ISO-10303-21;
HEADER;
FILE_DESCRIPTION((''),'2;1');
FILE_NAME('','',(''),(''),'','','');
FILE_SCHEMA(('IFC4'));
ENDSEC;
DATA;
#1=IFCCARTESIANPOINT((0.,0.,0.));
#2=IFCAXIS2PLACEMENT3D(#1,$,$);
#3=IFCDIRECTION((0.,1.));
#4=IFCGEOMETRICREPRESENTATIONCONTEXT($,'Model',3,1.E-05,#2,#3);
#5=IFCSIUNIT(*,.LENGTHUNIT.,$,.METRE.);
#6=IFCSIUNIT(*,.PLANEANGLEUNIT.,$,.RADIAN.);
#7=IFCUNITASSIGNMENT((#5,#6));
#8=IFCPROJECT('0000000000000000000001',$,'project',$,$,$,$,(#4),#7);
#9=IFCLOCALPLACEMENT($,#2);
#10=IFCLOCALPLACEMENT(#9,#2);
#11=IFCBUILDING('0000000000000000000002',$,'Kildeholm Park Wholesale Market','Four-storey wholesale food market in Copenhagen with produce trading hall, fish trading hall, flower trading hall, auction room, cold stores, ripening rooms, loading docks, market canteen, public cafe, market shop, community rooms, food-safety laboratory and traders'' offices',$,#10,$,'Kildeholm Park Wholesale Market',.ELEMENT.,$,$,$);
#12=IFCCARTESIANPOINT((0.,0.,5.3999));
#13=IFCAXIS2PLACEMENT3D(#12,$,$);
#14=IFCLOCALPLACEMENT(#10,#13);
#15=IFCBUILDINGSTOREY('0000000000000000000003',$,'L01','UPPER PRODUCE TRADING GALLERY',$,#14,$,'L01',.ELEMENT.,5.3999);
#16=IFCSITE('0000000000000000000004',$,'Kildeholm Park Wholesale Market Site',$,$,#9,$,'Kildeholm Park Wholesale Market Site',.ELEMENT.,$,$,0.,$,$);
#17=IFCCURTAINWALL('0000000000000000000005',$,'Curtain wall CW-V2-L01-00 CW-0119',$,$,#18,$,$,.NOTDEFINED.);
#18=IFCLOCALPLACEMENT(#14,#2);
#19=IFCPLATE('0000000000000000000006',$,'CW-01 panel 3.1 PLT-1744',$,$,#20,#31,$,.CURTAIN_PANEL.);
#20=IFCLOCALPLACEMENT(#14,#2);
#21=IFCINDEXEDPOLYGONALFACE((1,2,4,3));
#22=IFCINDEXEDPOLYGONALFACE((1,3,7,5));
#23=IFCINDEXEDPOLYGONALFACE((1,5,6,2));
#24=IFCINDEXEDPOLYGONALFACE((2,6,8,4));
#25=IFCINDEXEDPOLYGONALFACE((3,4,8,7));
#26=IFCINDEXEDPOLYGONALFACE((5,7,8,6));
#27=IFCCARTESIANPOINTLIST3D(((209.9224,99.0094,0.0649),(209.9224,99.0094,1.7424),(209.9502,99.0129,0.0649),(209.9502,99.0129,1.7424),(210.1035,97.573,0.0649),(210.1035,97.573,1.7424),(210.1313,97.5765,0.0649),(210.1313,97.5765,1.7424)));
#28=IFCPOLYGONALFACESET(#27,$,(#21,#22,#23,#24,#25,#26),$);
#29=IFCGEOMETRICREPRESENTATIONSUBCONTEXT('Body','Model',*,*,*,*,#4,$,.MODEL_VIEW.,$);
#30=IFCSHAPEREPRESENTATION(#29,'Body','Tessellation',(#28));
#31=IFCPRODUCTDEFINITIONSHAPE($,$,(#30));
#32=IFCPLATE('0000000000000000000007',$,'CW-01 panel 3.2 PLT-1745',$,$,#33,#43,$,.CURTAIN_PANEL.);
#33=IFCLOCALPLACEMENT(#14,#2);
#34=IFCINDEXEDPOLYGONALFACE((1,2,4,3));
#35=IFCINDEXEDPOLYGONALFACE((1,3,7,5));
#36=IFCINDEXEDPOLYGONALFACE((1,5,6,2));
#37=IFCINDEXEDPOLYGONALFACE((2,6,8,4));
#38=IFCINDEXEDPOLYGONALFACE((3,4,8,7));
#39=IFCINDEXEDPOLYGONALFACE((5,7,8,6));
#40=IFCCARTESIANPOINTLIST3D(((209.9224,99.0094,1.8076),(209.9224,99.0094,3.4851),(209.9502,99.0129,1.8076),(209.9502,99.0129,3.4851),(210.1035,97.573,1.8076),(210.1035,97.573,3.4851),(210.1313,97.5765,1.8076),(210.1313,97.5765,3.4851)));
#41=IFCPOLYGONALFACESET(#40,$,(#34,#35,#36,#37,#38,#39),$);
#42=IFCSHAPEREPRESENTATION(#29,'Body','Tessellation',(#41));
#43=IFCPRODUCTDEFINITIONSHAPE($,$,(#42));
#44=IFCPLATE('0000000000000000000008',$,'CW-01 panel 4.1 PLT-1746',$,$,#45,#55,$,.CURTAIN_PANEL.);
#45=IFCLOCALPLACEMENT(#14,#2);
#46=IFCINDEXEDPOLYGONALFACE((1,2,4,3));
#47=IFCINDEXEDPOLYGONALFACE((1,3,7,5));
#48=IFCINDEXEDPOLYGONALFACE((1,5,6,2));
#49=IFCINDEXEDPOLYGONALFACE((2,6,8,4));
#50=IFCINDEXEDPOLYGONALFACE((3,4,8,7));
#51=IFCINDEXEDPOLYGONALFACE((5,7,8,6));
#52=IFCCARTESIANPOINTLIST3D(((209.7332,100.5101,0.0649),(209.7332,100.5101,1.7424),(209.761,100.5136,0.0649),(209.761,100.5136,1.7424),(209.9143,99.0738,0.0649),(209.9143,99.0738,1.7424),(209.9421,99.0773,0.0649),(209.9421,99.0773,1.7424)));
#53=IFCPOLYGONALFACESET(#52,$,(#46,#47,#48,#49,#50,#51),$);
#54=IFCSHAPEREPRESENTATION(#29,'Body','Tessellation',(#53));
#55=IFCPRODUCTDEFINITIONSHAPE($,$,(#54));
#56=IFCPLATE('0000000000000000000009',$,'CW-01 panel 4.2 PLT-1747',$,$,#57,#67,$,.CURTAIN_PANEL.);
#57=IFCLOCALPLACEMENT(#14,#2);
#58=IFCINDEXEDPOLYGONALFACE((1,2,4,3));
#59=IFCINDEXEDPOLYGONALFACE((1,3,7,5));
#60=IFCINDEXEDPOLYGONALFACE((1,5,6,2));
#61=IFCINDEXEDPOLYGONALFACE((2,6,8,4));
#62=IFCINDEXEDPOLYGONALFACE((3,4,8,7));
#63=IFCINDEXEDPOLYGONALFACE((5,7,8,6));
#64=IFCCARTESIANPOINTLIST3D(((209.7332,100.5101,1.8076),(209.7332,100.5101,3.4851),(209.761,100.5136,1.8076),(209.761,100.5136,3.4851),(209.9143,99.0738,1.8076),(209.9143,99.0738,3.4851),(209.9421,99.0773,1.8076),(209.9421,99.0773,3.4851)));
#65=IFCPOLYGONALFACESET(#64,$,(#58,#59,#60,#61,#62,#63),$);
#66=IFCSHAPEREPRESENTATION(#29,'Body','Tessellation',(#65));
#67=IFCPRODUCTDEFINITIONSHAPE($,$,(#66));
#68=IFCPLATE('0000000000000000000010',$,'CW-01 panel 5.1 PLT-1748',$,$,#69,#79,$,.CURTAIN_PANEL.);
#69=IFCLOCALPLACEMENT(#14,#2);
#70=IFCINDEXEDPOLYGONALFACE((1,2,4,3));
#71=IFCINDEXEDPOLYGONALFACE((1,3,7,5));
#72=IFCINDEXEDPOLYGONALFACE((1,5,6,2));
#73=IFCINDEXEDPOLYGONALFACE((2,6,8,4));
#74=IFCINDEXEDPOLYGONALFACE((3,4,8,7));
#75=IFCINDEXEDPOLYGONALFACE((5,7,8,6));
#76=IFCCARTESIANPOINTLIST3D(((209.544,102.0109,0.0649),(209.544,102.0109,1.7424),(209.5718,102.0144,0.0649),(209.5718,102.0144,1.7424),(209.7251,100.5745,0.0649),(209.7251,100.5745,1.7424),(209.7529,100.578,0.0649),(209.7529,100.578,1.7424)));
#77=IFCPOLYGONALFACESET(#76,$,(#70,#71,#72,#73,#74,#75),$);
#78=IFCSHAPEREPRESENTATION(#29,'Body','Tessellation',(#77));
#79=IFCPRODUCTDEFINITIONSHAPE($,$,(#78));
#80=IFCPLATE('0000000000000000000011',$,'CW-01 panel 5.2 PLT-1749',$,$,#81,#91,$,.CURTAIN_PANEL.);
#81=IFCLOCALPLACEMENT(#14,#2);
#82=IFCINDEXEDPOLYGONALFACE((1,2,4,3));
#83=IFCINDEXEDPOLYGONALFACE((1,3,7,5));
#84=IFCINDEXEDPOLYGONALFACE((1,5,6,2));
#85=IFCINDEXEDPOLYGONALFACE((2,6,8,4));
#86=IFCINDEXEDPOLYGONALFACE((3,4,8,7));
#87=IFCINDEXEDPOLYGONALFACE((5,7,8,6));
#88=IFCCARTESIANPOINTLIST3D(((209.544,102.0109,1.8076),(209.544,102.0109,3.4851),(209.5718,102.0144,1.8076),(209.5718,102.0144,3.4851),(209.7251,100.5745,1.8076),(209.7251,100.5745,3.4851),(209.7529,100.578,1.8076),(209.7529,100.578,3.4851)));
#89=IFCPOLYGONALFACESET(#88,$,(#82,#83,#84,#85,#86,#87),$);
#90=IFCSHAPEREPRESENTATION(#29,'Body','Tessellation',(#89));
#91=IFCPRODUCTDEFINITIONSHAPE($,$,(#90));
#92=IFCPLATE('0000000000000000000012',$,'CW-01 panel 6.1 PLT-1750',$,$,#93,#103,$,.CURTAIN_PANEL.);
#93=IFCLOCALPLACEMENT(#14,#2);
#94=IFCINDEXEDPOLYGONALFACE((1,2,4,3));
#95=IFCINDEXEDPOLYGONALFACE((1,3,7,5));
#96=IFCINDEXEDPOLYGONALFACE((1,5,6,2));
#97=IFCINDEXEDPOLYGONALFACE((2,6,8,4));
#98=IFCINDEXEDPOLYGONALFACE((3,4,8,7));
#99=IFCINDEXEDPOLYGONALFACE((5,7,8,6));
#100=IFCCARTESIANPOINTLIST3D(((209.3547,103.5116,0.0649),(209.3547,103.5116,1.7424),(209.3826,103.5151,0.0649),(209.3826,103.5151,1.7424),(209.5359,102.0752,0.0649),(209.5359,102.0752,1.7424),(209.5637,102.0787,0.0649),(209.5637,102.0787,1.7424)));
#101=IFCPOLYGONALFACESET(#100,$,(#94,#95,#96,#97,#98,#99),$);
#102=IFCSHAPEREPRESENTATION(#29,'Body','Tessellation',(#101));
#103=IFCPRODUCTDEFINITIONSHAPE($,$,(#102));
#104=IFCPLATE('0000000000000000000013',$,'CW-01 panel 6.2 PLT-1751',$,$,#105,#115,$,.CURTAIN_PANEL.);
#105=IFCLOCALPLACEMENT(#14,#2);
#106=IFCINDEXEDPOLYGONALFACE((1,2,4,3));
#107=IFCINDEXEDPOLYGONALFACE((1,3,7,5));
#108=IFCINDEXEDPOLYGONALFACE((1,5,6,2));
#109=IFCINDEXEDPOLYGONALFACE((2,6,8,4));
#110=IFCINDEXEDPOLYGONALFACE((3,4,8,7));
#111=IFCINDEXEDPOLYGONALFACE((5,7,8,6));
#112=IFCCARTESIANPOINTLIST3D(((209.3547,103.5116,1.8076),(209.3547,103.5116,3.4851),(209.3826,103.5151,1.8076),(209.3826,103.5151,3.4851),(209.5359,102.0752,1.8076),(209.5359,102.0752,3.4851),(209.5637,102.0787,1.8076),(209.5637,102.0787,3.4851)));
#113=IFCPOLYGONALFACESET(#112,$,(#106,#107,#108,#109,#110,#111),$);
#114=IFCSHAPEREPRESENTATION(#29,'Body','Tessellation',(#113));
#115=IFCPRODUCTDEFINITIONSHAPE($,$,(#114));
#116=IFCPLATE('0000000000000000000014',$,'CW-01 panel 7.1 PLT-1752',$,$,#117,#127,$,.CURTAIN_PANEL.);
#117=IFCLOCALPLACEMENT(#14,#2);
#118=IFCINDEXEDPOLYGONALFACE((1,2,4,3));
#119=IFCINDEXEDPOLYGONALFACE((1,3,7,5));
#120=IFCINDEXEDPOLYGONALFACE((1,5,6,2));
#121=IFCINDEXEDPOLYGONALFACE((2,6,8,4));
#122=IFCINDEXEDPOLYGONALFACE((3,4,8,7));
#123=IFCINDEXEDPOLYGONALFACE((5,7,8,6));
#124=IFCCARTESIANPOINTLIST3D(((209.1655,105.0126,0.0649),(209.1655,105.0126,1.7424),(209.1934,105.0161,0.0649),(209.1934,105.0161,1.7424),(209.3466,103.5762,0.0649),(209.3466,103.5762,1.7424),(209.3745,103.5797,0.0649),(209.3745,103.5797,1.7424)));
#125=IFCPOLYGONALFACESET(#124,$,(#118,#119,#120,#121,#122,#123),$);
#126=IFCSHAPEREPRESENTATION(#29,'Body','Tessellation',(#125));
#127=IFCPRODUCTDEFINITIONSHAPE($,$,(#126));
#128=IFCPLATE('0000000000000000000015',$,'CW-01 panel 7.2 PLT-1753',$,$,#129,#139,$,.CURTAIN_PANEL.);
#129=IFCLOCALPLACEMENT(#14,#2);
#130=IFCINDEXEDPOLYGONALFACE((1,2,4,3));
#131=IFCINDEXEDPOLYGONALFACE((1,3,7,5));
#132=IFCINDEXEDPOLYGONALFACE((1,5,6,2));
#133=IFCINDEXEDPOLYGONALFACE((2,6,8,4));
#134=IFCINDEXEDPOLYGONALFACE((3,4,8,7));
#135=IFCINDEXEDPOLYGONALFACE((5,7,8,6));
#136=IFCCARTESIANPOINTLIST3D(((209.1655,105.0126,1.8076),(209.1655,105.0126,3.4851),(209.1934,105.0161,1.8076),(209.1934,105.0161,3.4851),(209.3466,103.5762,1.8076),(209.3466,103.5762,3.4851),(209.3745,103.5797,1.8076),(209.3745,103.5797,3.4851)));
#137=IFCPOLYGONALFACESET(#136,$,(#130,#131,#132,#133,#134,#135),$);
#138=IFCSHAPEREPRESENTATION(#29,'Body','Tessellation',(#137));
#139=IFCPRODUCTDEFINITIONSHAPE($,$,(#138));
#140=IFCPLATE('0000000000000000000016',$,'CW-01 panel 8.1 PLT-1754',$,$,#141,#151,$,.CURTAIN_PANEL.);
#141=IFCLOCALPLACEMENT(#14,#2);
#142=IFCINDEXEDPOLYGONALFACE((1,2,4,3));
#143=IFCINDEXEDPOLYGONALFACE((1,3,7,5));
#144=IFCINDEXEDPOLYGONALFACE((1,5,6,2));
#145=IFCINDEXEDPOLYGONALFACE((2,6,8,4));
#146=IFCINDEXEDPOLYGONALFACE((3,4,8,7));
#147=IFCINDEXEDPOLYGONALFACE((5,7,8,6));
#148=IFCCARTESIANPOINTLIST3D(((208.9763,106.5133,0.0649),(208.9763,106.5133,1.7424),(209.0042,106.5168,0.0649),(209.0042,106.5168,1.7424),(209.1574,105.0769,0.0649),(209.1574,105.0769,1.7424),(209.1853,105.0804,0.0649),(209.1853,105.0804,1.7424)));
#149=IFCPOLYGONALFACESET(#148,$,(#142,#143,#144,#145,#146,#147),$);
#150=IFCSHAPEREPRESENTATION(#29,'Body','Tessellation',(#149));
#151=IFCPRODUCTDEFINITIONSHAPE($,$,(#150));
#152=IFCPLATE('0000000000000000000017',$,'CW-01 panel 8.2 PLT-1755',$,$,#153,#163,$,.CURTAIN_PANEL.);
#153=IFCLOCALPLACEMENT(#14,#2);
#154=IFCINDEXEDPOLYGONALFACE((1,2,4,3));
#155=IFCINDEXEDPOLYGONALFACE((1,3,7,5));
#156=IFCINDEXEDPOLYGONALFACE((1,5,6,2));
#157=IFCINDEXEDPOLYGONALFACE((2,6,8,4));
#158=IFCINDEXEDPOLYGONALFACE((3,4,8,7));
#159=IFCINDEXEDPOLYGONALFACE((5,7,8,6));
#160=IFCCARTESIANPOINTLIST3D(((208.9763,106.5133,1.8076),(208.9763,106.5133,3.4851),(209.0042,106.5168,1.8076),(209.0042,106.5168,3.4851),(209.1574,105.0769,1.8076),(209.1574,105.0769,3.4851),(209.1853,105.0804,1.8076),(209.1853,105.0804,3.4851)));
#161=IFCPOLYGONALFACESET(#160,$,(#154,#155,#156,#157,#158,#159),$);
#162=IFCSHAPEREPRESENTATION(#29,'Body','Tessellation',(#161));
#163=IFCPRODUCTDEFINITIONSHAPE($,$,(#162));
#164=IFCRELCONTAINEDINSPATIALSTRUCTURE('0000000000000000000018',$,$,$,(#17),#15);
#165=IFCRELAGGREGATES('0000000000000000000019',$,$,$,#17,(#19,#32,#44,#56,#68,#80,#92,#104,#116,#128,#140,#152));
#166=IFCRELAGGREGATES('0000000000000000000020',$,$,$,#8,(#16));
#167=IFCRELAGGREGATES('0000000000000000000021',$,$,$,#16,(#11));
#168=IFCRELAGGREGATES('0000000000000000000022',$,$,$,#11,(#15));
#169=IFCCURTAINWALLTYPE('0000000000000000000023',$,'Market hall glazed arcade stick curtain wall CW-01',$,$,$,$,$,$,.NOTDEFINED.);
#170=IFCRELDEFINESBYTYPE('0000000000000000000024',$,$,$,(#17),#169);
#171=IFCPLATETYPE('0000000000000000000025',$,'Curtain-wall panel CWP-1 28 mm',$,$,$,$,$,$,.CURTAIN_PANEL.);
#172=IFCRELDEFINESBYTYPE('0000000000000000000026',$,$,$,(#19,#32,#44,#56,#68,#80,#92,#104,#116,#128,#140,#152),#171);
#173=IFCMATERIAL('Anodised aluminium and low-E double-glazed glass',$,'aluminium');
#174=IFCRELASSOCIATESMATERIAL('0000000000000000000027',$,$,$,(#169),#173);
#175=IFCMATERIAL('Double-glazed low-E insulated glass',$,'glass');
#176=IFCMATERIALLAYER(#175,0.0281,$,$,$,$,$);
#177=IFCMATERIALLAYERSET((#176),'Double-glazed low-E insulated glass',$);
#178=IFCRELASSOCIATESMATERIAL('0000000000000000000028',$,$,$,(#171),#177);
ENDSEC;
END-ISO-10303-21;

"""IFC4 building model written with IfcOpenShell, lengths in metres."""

from ifc_helpers import new_model, si_unit, direction, frame, origin, origin_2d, place, context, subcontext, project, spatial, rectangle, extrude, material, layer, layer_set, type_object, element, aggregate, save


model = new_model("IFC4")

# Units and contexts
model_context = context("Model", 3, precision=1e-05, world=origin(), true_north=direction((0.0, 1.0)))
body_context = subcontext(model_context, "Body", "Model", "MODEL_VIEW")
ifc_project = project(units=[si_unit("LENGTHUNIT", "METRE"), si_unit("PLANEANGLEUNIT", "RADIAN")], contexts=[model_context])

# Site, building, storey
site_placement = place(None, origin())
site = spatial("IfcSite", under=ifc_project, at=site_placement, Name="Kildeholm Park Wholesale Market Site", LongName="Kildeholm Park Wholesale Market Site", CompositionType="ELEMENT", RefElevation=0.0)
building_placement = place(site_placement, origin())
building = spatial("IfcBuilding", under=site, at=building_placement, Name="Kildeholm Park Wholesale Market", Description="Four-storey wholesale food market in Copenhagen with produce trading hall, fish trading hall, flower trading hall, auction room, cold stores, ripening rooms, loading docks, market canteen, public cafe, market shop, community rooms, food-safety laboratory and traders' offices", LongName="Kildeholm Park Wholesale Market", CompositionType="ELEMENT")
storey_placement = place(building_placement, frame((0.0, 0.0, 5.3999)))
storey = spatial("IfcBuildingStorey", under=building, at=storey_placement, Name="L01", Description="UPPER PRODUCE TRADING GALLERY", LongName="L01", CompositionType="ELEMENT", Elevation=5.3999)

# Curtain wall, plates
ifc_material_1 = material(Name="Anodised aluminium and low-E double-glazed glass", Category="aluminium")
curtain_wall_type = type_object("IfcCurtainWallType", Name="Market hall glazed arcade stick curtain wall CW-01", PredefinedType="NOTDEFINED", material=ifc_material_1)
curtain_wall_placement = place(storey_placement, origin())
curtain_wall = element("IfcCurtainWall", 1, at=curtain_wall_placement, inside=storey, type_object=curtain_wall_type, Name="Curtain wall CW-V2-L01-00 CW-0119", PredefinedType="NOTDEFINED")
ifc_material_2 = material(Name="Double-glazed low-E insulated glass", Category="glass")
ifc_layer = layer(ifc_material_2, 0.0281)
ifc_layer_set = layer_set([ifc_layer], Name="Double-glazed low-E insulated glass")
plate_type = type_object("IfcPlateType", Name="Curtain-wall panel CWP-1 28 mm", PredefinedType="CURTAIN_PANEL", material=ifc_layer_set)
plate_1_placement = place(storey_placement, frame((210.0269, 98.293, 0.0649), z_axis=(0.0, 0.0, 1.0), x_axis=(-0.125092, 0.992145, 0.0)))
plate_1 = element("IfcPlate", 2, at=plate_1_placement, type_object=plate_type, Name="CW-01 panel 3.1 PLT-1744", PredefinedType="CURTAIN_PANEL", context=body_context, shape_type="SweptSolid", body=[
    extrude(rectangle(XDim=1.4478, YDim=0.0281, at=origin_2d()), origin(), (0.0, 0.0, 1.0), 1.6775),
])
plate_2_placement = place(storey_placement, frame((210.0269, 98.293, 1.8076), z_axis=(0.0, 0.0, 1.0), x_axis=(-0.125092, 0.992145, 0.0)))
plate_2 = element("IfcPlate", 3, at=plate_2_placement, type_object=plate_type, Name="CW-01 panel 3.2 PLT-1745", PredefinedType="CURTAIN_PANEL", context=body_context, shape_type="SweptSolid", body=[
    extrude(rectangle(XDim=1.4478, YDim=0.0281, at=origin_2d()), origin(), (0.0, 0.0, 1.0), 1.6775),
])
plate_3_placement = place(storey_placement, frame((209.8376, 99.7937, 0.0649), z_axis=(0.0, 0.0, 1.0), x_axis=(-0.125092, 0.992145, 0.0)))
plate_3 = element("IfcPlate", 4, at=plate_3_placement, type_object=plate_type, Name="CW-01 panel 4.1 PLT-1746", PredefinedType="CURTAIN_PANEL", context=body_context, shape_type="SweptSolid", body=[
    extrude(rectangle(XDim=1.4478, YDim=0.0281, at=origin_2d()), origin(), (0.0, 0.0, 1.0), 1.6775),
])
plate_4_placement = place(storey_placement, frame((209.8376, 99.7937, 1.8076), z_axis=(0.0, 0.0, 1.0), x_axis=(-0.125092, 0.992145, 0.0)))
plate_4 = element("IfcPlate", 5, at=plate_4_placement, type_object=plate_type, Name="CW-01 panel 4.2 PLT-1747", PredefinedType="CURTAIN_PANEL", context=body_context, shape_type="SweptSolid", body=[
    extrude(rectangle(XDim=1.4478, YDim=0.0281, at=origin_2d()), origin(), (0.0, 0.0, 1.0), 1.6775),
])
plate_5_placement = place(storey_placement, frame((209.6484, 101.2944, 0.0649), z_axis=(0.0, 0.0, 1.0), x_axis=(-0.125092, 0.992145, 0.0)))
plate_5 = element("IfcPlate", 6, at=plate_5_placement, type_object=plate_type, Name="CW-01 panel 5.1 PLT-1748", PredefinedType="CURTAIN_PANEL", context=body_context, shape_type="SweptSolid", body=[
    extrude(rectangle(XDim=1.4478, YDim=0.0281, at=origin_2d()), origin(), (0.0, 0.0, 1.0), 1.6775),
])
plate_6_placement = place(storey_placement, frame((209.6484, 101.2944, 1.8076), z_axis=(0.0, 0.0, 1.0), x_axis=(-0.125092, 0.992145, 0.0)))
plate_6 = element("IfcPlate", 7, at=plate_6_placement, type_object=plate_type, Name="CW-01 panel 5.2 PLT-1749", PredefinedType="CURTAIN_PANEL", context=body_context, shape_type="SweptSolid", body=[
    extrude(rectangle(XDim=1.4478, YDim=0.0281, at=origin_2d()), origin(), (0.0, 0.0, 1.0), 1.6775),
])
plate_7_placement = place(storey_placement, frame((209.4592, 102.7952, 0.0649), z_axis=(0.0, 0.0, 1.0), x_axis=(-0.125092, 0.992145, 0.0)))
plate_7 = element("IfcPlate", 8, at=plate_7_placement, type_object=plate_type, Name="CW-01 panel 6.1 PLT-1750", PredefinedType="CURTAIN_PANEL", context=body_context, shape_type="SweptSolid", body=[
    extrude(rectangle(XDim=1.4478, YDim=0.0281, at=origin_2d()), origin(), (0.0, 0.0, 1.0), 1.6775),
])
plate_8_placement = place(storey_placement, frame((209.4592, 102.7952, 1.8076), z_axis=(0.0, 0.0, 1.0), x_axis=(-0.125092, 0.992145, 0.0)))
plate_8 = element("IfcPlate", 9, at=plate_8_placement, type_object=plate_type, Name="CW-01 panel 6.2 PLT-1751", PredefinedType="CURTAIN_PANEL", context=body_context, shape_type="SweptSolid", body=[
    extrude(rectangle(XDim=1.4478, YDim=0.0281, at=origin_2d()), origin(), (0.0, 0.0, 1.0), 1.6775),
])
plate_9_placement = place(storey_placement, frame((209.27, 104.2961, 0.0649), z_axis=(0.0, 0.0, 1.0), x_axis=(-0.125092, 0.992145, 0.0)))
plate_9 = element("IfcPlate", 10, at=plate_9_placement, type_object=plate_type, Name="CW-01 panel 7.1 PLT-1752", PredefinedType="CURTAIN_PANEL", context=body_context, shape_type="SweptSolid", body=[
    extrude(rectangle(XDim=1.4478, YDim=0.0281, at=origin_2d()), origin(), (0.0, 0.0, 1.0), 1.6775),
])
plate_10_placement = place(storey_placement, frame((209.27, 104.2961, 1.8076), z_axis=(0.0, 0.0, 1.0), x_axis=(-0.125092, 0.992145, 0.0)))
plate_10 = element("IfcPlate", 11, at=plate_10_placement, type_object=plate_type, Name="CW-01 panel 7.2 PLT-1753", PredefinedType="CURTAIN_PANEL", context=body_context, shape_type="SweptSolid", body=[
    extrude(rectangle(XDim=1.4478, YDim=0.0281, at=origin_2d()), origin(), (0.0, 0.0, 1.0), 1.6775),
])
plate_11_placement = place(storey_placement, frame((209.0808, 105.7969, 0.0649), z_axis=(0.0, 0.0, 1.0), x_axis=(-0.125092, 0.992145, 0.0)))
plate_11 = element("IfcPlate", 12, at=plate_11_placement, type_object=plate_type, Name="CW-01 panel 8.1 PLT-1754", PredefinedType="CURTAIN_PANEL", context=body_context, shape_type="SweptSolid", body=[
    extrude(rectangle(XDim=1.4478, YDim=0.0281, at=origin_2d()), origin(), (0.0, 0.0, 1.0), 1.6775),
])
plate_12_placement = place(storey_placement, frame((209.0808, 105.7969, 1.8076), z_axis=(0.0, 0.0, 1.0), x_axis=(-0.125092, 0.992145, 0.0)))
plate_12 = element("IfcPlate", 13, at=plate_12_placement, type_object=plate_type, Name="CW-01 panel 8.2 PLT-1755", PredefinedType="CURTAIN_PANEL", context=body_context, shape_type="SweptSolid", body=[
    extrude(rectangle(XDim=1.4478, YDim=0.0281, at=origin_2d()), origin(), (0.0, 0.0, 1.0), 1.6775),
])
aggregate(curtain_wall, [plate_1, plate_2, plate_3, plate_4, plate_5, plate_6, plate_7, plate_8, plate_9, plate_10, plate_11, plate_12])

save(model, "model.ifc")
